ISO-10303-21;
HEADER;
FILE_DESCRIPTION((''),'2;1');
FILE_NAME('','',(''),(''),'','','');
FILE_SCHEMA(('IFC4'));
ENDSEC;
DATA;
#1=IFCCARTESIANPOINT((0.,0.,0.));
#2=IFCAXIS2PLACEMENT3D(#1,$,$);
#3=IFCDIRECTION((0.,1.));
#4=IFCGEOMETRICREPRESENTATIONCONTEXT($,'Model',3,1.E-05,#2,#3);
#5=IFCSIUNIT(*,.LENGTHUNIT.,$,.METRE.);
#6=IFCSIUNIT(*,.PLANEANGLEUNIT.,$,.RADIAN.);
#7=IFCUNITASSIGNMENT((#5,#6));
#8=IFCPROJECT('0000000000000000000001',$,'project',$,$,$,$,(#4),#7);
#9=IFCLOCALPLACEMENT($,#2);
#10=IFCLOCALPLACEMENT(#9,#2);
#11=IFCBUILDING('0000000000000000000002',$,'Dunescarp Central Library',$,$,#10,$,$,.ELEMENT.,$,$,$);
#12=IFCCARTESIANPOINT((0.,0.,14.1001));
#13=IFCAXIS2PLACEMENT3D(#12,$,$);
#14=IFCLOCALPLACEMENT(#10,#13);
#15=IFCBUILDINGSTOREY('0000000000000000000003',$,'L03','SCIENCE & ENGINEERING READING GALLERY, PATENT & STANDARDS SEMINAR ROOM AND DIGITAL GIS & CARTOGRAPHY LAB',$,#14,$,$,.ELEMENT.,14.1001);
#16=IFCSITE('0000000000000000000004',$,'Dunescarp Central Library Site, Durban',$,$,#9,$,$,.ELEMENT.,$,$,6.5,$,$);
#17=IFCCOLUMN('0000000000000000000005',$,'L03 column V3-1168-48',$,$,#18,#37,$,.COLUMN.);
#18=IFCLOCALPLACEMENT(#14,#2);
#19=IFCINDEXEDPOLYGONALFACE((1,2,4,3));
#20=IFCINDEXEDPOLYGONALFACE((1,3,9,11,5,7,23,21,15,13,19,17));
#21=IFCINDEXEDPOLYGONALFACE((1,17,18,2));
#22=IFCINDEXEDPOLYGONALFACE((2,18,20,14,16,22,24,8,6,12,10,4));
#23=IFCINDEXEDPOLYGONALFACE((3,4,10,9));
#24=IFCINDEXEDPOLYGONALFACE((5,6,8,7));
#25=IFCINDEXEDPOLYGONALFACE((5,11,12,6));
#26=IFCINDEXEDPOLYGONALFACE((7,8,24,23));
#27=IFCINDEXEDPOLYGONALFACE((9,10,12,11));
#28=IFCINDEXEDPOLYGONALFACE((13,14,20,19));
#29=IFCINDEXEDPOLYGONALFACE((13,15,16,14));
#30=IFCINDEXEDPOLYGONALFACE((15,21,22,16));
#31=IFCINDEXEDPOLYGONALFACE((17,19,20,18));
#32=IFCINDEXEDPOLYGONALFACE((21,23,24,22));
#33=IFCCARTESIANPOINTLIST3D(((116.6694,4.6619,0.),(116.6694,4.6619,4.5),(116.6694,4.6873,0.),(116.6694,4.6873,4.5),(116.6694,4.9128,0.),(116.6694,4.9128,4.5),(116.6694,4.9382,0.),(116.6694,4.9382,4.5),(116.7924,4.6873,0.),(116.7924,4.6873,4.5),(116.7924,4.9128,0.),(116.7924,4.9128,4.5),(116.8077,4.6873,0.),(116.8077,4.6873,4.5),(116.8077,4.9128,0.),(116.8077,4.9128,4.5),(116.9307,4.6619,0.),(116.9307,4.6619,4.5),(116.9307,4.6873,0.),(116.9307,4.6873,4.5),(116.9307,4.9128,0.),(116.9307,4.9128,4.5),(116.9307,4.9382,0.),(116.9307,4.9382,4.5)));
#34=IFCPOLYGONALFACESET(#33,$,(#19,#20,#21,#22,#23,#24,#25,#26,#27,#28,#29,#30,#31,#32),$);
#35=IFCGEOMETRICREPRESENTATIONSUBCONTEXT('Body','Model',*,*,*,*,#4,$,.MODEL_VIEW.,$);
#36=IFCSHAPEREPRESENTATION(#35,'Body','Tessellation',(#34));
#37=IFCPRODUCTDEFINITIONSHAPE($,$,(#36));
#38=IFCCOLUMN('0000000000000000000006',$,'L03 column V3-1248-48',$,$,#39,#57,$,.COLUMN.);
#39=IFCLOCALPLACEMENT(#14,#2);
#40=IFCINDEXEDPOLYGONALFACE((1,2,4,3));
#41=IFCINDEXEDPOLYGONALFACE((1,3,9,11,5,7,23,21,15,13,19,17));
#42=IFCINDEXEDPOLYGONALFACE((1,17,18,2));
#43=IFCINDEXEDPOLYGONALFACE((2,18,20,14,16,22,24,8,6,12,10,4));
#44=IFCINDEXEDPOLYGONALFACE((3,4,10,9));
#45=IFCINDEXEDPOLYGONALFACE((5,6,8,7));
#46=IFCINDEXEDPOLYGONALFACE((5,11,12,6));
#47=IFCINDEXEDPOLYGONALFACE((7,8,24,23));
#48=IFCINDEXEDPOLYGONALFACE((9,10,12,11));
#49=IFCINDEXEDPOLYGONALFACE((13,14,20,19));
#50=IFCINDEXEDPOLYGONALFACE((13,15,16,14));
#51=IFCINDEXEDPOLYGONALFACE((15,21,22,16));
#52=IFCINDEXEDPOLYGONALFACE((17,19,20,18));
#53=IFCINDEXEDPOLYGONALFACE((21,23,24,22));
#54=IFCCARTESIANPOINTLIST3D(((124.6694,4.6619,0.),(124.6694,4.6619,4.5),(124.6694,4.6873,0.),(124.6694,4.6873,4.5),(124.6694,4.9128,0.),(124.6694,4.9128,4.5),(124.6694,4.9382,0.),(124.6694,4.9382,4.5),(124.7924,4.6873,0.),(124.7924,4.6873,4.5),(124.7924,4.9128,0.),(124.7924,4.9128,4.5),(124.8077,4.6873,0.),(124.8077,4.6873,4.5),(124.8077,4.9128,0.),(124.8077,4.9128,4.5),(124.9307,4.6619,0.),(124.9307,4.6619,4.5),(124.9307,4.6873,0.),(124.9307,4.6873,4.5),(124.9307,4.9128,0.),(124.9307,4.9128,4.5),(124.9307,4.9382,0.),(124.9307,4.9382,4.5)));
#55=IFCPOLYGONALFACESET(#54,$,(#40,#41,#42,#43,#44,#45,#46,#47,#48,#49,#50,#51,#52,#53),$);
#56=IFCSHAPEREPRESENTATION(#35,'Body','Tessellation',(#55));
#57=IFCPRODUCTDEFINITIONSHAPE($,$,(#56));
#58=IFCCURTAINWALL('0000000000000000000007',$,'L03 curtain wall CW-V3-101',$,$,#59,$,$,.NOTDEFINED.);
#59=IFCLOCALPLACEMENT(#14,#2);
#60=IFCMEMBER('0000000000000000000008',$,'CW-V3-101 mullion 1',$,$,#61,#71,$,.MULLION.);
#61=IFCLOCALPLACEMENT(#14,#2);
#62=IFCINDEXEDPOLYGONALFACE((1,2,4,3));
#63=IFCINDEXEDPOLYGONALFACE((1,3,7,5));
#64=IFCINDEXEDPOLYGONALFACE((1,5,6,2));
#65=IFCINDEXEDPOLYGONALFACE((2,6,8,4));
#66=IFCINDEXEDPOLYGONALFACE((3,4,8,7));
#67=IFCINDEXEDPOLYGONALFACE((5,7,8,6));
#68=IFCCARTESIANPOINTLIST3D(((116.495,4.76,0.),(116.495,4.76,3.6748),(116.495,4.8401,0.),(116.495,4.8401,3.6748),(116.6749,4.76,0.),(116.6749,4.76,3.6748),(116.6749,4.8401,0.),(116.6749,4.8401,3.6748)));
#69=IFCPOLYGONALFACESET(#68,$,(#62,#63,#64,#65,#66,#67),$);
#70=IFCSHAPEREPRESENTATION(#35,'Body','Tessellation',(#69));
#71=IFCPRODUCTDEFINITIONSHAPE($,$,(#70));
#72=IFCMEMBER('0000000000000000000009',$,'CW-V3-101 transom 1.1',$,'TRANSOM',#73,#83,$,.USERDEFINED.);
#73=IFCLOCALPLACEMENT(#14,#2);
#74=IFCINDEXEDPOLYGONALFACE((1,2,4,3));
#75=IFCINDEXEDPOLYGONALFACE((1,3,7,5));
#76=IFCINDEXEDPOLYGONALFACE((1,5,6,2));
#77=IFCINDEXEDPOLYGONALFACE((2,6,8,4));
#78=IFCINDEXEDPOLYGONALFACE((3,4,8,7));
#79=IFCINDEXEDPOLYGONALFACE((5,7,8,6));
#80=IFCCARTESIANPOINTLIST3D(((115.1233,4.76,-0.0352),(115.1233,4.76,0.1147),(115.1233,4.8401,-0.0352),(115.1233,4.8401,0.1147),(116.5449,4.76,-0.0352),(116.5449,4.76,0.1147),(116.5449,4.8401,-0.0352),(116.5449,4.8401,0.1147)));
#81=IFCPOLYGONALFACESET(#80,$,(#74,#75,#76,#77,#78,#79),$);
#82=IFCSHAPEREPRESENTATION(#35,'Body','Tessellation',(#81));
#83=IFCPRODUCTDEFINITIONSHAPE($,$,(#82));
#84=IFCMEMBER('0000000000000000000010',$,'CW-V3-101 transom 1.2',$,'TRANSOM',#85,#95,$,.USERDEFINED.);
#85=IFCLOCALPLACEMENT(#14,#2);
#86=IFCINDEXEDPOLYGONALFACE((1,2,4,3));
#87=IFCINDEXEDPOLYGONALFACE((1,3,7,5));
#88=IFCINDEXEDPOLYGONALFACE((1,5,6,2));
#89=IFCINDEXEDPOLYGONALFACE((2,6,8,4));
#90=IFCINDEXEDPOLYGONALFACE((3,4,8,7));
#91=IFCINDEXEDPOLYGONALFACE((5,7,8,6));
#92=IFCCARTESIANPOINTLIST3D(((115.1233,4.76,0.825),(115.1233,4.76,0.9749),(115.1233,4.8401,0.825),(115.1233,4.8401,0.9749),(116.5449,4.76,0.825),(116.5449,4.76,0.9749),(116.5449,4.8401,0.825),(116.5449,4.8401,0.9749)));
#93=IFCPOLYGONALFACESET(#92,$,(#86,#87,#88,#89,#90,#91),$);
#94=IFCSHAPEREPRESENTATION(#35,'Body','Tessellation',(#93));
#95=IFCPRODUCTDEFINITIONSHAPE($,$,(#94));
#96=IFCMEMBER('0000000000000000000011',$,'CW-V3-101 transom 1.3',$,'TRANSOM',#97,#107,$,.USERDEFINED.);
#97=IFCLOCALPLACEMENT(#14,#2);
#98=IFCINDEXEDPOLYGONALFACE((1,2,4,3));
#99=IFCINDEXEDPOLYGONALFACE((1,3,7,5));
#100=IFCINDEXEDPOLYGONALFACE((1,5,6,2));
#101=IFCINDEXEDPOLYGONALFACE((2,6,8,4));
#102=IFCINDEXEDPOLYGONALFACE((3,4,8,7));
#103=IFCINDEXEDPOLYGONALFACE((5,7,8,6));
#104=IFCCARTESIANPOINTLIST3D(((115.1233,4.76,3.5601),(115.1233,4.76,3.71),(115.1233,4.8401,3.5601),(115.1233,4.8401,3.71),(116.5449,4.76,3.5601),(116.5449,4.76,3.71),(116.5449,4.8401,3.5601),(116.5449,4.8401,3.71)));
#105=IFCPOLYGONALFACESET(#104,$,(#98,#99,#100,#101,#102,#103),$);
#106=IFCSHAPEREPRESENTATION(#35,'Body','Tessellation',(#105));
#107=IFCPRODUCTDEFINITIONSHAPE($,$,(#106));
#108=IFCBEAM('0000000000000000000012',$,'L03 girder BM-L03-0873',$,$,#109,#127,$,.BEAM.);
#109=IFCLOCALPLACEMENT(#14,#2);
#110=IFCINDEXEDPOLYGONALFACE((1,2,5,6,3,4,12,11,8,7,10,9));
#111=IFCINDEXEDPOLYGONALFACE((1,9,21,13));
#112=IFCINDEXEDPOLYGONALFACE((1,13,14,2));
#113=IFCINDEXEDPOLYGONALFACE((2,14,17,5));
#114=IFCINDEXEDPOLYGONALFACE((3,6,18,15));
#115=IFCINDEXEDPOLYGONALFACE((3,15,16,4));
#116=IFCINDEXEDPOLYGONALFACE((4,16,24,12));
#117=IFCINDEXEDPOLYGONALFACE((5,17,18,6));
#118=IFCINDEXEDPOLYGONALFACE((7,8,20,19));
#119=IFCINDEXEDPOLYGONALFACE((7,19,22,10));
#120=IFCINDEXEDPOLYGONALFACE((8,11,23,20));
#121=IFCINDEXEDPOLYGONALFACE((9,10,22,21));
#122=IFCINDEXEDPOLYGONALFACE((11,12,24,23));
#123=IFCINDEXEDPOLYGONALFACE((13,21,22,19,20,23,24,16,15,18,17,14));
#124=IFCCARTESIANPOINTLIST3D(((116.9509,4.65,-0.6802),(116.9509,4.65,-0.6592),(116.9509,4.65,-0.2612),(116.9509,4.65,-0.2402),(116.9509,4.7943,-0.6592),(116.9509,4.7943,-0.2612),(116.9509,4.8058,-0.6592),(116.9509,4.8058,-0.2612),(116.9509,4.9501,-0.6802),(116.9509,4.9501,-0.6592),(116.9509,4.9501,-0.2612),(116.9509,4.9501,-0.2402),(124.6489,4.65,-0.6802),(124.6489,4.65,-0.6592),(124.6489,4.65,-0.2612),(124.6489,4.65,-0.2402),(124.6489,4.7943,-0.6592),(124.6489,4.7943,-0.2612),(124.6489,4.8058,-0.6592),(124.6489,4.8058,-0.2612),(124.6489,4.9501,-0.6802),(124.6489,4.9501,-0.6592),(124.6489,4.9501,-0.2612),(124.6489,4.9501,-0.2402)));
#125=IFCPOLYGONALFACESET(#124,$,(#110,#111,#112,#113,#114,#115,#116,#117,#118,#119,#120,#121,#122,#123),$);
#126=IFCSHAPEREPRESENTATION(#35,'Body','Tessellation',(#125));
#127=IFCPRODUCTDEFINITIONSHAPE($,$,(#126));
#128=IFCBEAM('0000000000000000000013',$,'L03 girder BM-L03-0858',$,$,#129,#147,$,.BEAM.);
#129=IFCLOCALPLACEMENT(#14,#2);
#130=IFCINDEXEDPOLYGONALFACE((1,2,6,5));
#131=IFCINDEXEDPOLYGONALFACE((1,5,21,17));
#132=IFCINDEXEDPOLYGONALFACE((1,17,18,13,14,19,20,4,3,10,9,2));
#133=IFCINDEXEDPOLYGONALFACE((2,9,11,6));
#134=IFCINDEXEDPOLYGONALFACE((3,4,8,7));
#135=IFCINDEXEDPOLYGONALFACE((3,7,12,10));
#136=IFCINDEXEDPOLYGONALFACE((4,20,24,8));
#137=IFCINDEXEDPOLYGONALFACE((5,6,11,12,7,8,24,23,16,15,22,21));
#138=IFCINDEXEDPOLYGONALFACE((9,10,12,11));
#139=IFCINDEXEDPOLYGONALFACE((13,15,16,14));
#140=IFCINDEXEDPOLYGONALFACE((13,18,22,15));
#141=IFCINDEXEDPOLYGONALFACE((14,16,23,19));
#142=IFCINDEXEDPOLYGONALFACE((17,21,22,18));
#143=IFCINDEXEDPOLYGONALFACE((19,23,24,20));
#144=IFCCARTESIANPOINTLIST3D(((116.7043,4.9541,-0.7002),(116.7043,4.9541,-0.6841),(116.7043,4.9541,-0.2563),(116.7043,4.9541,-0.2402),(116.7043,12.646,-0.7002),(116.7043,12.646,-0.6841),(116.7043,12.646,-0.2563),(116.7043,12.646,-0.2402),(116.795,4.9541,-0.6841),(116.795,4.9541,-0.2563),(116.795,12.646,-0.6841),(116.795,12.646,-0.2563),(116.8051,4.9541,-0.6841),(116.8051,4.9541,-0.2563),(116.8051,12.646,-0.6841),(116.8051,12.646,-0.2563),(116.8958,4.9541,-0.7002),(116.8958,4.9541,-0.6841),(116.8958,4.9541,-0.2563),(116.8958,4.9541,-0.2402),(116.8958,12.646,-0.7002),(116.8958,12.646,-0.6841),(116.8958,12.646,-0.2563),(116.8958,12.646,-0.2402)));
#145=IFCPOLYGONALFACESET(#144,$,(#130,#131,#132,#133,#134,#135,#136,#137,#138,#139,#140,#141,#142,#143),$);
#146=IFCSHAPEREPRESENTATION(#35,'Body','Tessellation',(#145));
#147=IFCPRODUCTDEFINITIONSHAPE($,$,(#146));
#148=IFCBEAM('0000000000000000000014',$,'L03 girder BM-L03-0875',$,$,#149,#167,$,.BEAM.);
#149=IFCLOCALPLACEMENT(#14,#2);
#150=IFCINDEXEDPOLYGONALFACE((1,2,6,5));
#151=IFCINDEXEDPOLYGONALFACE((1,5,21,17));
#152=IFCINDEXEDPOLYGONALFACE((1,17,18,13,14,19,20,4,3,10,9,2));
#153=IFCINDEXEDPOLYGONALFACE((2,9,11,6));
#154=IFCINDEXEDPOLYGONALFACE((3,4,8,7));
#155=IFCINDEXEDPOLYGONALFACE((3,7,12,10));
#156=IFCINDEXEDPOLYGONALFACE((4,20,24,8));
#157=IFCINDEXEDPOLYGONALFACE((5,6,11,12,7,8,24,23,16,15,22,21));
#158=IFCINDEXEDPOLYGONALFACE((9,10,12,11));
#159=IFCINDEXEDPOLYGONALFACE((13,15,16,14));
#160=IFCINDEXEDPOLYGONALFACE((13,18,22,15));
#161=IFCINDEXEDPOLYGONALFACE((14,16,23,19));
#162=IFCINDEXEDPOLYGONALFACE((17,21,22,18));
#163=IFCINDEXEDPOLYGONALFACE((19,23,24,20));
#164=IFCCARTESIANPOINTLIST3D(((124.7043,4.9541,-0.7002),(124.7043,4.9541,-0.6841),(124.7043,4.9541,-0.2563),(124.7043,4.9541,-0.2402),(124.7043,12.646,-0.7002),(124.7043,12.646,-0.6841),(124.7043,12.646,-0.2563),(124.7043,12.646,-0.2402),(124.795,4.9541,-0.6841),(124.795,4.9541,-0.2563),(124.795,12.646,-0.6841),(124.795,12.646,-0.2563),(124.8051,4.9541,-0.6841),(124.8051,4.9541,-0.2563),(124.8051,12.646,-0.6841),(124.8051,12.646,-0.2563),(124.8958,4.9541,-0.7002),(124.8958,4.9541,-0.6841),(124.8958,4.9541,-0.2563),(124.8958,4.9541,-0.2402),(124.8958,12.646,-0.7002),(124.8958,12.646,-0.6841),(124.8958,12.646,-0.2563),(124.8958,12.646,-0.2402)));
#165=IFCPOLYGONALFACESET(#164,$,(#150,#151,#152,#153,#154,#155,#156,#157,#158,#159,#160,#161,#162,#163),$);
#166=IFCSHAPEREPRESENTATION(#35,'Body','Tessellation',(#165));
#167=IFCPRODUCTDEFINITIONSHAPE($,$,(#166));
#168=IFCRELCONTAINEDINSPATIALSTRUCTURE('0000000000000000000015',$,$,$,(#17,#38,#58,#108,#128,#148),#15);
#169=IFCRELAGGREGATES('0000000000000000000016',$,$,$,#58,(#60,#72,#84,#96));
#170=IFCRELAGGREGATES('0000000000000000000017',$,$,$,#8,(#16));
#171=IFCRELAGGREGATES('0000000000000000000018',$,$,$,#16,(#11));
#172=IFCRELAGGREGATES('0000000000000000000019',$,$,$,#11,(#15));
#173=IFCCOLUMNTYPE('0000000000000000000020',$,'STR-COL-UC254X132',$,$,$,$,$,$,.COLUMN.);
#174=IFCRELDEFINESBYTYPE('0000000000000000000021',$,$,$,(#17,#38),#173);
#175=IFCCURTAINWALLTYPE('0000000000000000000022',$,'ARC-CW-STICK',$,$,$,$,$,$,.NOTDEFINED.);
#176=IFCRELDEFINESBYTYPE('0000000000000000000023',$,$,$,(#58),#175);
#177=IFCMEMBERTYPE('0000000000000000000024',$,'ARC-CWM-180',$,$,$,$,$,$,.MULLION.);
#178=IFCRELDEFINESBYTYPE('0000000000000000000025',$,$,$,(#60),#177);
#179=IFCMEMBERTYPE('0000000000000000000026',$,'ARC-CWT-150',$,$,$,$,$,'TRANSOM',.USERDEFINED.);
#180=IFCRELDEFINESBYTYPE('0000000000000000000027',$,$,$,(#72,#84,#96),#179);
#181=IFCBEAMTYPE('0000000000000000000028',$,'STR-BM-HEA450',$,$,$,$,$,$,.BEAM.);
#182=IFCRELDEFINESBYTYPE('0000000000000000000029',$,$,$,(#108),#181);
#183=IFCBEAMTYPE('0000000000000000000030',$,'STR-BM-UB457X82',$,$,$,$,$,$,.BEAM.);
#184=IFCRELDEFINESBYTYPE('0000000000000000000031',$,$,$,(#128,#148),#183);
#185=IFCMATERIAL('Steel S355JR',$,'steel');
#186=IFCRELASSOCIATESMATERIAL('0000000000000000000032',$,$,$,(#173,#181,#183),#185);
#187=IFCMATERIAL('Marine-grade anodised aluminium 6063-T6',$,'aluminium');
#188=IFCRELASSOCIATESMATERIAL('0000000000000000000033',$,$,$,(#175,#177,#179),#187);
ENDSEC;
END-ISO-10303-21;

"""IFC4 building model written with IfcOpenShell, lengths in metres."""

from ifc_helpers import new_model, si_unit, direction, frame, origin, origin_2d, place, context, subcontext, project, spatial, rectangle, i_section, extrude, material, material_profile, profile_set, type_object, element, aggregate, save


model = new_model("IFC4")

# Units and contexts
model_context = context("Model", 3, precision=1e-05, world=origin(), true_north=direction((0.0, 1.0)))
body_context = subcontext(model_context, "Body", "Model", "MODEL_VIEW")
ifc_project = project(units=[si_unit("LENGTHUNIT", "METRE"), si_unit("PLANEANGLEUNIT", "RADIAN")], contexts=[model_context])

# Site, building, storey
site_placement = place(None, origin())
site = spatial("IfcSite", under=ifc_project, at=site_placement, Name="Dunescarp Central Library Site, Durban", CompositionType="ELEMENT", RefElevation=6.5)
building_placement = place(site_placement, origin())
building = spatial("IfcBuilding", under=site, at=building_placement, Name="Dunescarp Central Library", CompositionType="ELEMENT")
storey_placement = place(building_placement, frame((0.0, 0.0, 14.1001)))
storey = spatial("IfcBuildingStorey", under=building, at=storey_placement, Name="L03", Description="SCIENCE & ENGINEERING READING GALLERY, PATENT & STANDARDS SEMINAR ROOM AND DIGITAL GIS & CARTOGRAPHY LAB", CompositionType="ELEMENT", Elevation=14.1001)

# Columns
ifc_material_1 = material(Name="Steel S355JR", Category="steel")
ifc_material_profile_1 = material_profile(ifc_material_1, i_section(OverallWidth=0.2612, OverallDepth=0.2764, WebThickness=0.0154, FlangeThickness=0.0254, at=origin_2d()), Name="UC 254x254x132")
ifc_profile_set_1 = profile_set([ifc_material_profile_1], Name="Steel S355JR")
column_type = type_object("IfcColumnType", Name="STR-COL-UC254X132", PredefinedType="COLUMN", material=ifc_profile_set_1)
for number, where, z_axis, x_axis, name in (
    (1, (116.8, 4.8, 0.0), (0.0, 0.0, 1.0), (1.0, 0.0, 0.0), "L03 column V3-1168-48"),
    (2, (124.8, 4.8, 0.0), (0.0, 0.0, 1.0), (1.0, 0.0, 0.0), "L03 column V3-1248-48"),
):
    element("IfcColumn", number, at=place(storey_placement, frame(where, z_axis=z_axis, x_axis=x_axis)), inside=storey, type_object=column_type, Name=name, PredefinedType="COLUMN", context=body_context, shape_type="SweptSolid", body=[
        extrude(i_section(OverallWidth=0.2612, OverallDepth=0.2764, WebThickness=0.0154, FlangeThickness=0.0254, at=origin_2d()), origin(), (0.0, 0.0, 1.0), 4.5),
    ])

# Curtain wall, members
ifc_material_2 = material(Name="Marine-grade anodised aluminium 6063-T6", Category="aluminium")
curtain_wall_type = type_object("IfcCurtainWallType", Name="ARC-CW-STICK", PredefinedType="NOTDEFINED", material=ifc_material_2)
curtain_wall_placement = place(storey_placement, origin())
curtain_wall = element("IfcCurtainWall", 3, at=curtain_wall_placement, inside=storey, type_object=curtain_wall_type, Name="L03 curtain wall CW-V3-101", PredefinedType="NOTDEFINED")
ifc_material_profile_2 = material_profile(ifc_material_2, rectangle(XDim=0.0801, YDim=0.1799, at=origin_2d()), Name="AL 80x180")
ifc_profile_set_2 = profile_set([ifc_material_profile_2], Name="Marine-grade anodised aluminium 6063-T6")
member_type_1 = type_object("IfcMemberType", Name="ARC-CWM-180", PredefinedType="MULLION", material=ifc_profile_set_2)
member_1_placement = place(storey_placement, frame((116.585, 4.8, 0.0), z_axis=(0.0, 0.0, 1.0), x_axis=(0.0, -1.0, 0.0)))
member_1 = element("IfcMember", 4, at=member_1_placement, type_object=member_type_1, Name="CW-V3-101 mullion 1", PredefinedType="MULLION", context=body_context, shape_type="SweptSolid", body=[
    extrude(rectangle(XDim=0.0801, YDim=0.1799, at=origin_2d()), origin(), (0.0, 0.0, 1.0), 3.6748),
])
ifc_material_profile_3 = material_profile(ifc_material_2, rectangle(XDim=0.0801, YDim=0.1499, at=origin_2d()), Name="AL 80x150")
ifc_profile_set_3 = profile_set([ifc_material_profile_3], Name="Marine-grade anodised aluminium 6063-T6")
member_type_2 = type_object("IfcMemberType", Name="ARC-CWT-150", ElementType="TRANSOM", PredefinedType="USERDEFINED", material=ifc_profile_set_3)
member_2_placement = place(storey_placement, frame((116.5449, 4.8, 0.0398), z_axis=(-1.0, 0.0, 0.0), x_axis=(0.0, -1.0, 0.0)))
member_2 = element("IfcMember", 5, at=member_2_placement, type_object=member_type_2, Name="CW-V3-101 transom 1.1", ObjectType="TRANSOM", PredefinedType="USERDEFINED", context=body_context, shape_type="SweptSolid", body=[
    extrude(rectangle(XDim=0.0801, YDim=0.1499, at=origin_2d()), origin(), (0.0, 0.0, 1.0), 1.4216),
])
member_3_placement = place(storey_placement, frame((116.5449, 4.8, 0.8999), z_axis=(-1.0, 0.0, 0.0), x_axis=(0.0, -1.0, 0.0)))
member_3 = element("IfcMember", 6, at=member_3_placement, type_object=member_type_2, Name="CW-V3-101 transom 1.2", ObjectType="TRANSOM", PredefinedType="USERDEFINED", context=body_context, shape_type="SweptSolid", body=[
    extrude(rectangle(XDim=0.0801, YDim=0.1499, at=origin_2d()), origin(), (0.0, 0.0, 1.0), 1.4216),
])
member_4_placement = place(storey_placement, frame((116.5449, 4.8, 3.635), z_axis=(-1.0, 0.0, 0.0), x_axis=(0.0, -1.0, 0.0)))
member_4 = element("IfcMember", 7, at=member_4_placement, type_object=member_type_2, Name="CW-V3-101 transom 1.3", ObjectType="TRANSOM", PredefinedType="USERDEFINED", context=body_context, shape_type="SweptSolid", body=[
    extrude(rectangle(XDim=0.0801, YDim=0.1499, at=origin_2d()), origin(), (0.0, 0.0, 1.0), 1.4216),
])
aggregate(curtain_wall, [member_1, member_2, member_3, member_4])

# Beams
ifc_material_profile_4 = material_profile(ifc_material_1, i_section(OverallWidth=0.3, OverallDepth=0.4399, WebThickness=0.0115, FlangeThickness=0.021, at=origin_2d()), Name="HEA 450")
ifc_profile_set_4 = profile_set([ifc_material_profile_4], Name="Steel S355JR")
beam_type_1 = type_object("IfcBeamType", Name="STR-BM-HEA450", PredefinedType="BEAM", material=ifc_profile_set_4)
beam_1_placement = place(storey_placement, frame((116.9509, 4.8, -0.4602), z_axis=(1.0, 0.0, 0.0), x_axis=(0.0, 1.0, 0.0)))
element("IfcBeam", 8, at=beam_1_placement, inside=storey, type_object=beam_type_1, Name="L03 girder BM-L03-0873", PredefinedType="BEAM", context=body_context, shape_type="SweptSolid", body=[
    extrude(i_section(OverallWidth=0.3, OverallDepth=0.4399, WebThickness=0.0115, FlangeThickness=0.021, at=origin_2d()), origin(), (0.0, 0.0, 1.0), 7.698),
])
ifc_material_profile_5 = material_profile(ifc_material_1, i_section(OverallWidth=0.1914, OverallDepth=0.46, WebThickness=0.01, FlangeThickness=0.0161, at=origin_2d()), Name="UB 457x191x82")
ifc_profile_set_5 = profile_set([ifc_material_profile_5], Name="Steel S355JR")
beam_type_2 = type_object("IfcBeamType", Name="STR-BM-UB457X82", PredefinedType="BEAM", material=ifc_profile_set_5)
for number, where, z_axis, x_axis, name in (
    (9, (116.8, 4.9541, -0.4702), (0.0, 1.0, 0.0), (-1.0, 0.0, 0.0), "L03 girder BM-L03-0858"),
    (10, (124.8, 4.9541, -0.4702), (0.0, 1.0, 0.0), (-1.0, 0.0, 0.0), "L03 girder BM-L03-0875"),
):
    element("IfcBeam", number, at=place(storey_placement, frame(where, z_axis=z_axis, x_axis=x_axis)), inside=storey, type_object=beam_type_2, Name=name, PredefinedType="BEAM", context=body_context, shape_type="SweptSolid", body=[
        extrude(i_section(OverallWidth=0.1914, OverallDepth=0.46, WebThickness=0.01, FlangeThickness=0.0161, at=origin_2d()), origin(), (0.0, 0.0, 1.0), 7.6919),
    ])

save(model, "model.ifc")
